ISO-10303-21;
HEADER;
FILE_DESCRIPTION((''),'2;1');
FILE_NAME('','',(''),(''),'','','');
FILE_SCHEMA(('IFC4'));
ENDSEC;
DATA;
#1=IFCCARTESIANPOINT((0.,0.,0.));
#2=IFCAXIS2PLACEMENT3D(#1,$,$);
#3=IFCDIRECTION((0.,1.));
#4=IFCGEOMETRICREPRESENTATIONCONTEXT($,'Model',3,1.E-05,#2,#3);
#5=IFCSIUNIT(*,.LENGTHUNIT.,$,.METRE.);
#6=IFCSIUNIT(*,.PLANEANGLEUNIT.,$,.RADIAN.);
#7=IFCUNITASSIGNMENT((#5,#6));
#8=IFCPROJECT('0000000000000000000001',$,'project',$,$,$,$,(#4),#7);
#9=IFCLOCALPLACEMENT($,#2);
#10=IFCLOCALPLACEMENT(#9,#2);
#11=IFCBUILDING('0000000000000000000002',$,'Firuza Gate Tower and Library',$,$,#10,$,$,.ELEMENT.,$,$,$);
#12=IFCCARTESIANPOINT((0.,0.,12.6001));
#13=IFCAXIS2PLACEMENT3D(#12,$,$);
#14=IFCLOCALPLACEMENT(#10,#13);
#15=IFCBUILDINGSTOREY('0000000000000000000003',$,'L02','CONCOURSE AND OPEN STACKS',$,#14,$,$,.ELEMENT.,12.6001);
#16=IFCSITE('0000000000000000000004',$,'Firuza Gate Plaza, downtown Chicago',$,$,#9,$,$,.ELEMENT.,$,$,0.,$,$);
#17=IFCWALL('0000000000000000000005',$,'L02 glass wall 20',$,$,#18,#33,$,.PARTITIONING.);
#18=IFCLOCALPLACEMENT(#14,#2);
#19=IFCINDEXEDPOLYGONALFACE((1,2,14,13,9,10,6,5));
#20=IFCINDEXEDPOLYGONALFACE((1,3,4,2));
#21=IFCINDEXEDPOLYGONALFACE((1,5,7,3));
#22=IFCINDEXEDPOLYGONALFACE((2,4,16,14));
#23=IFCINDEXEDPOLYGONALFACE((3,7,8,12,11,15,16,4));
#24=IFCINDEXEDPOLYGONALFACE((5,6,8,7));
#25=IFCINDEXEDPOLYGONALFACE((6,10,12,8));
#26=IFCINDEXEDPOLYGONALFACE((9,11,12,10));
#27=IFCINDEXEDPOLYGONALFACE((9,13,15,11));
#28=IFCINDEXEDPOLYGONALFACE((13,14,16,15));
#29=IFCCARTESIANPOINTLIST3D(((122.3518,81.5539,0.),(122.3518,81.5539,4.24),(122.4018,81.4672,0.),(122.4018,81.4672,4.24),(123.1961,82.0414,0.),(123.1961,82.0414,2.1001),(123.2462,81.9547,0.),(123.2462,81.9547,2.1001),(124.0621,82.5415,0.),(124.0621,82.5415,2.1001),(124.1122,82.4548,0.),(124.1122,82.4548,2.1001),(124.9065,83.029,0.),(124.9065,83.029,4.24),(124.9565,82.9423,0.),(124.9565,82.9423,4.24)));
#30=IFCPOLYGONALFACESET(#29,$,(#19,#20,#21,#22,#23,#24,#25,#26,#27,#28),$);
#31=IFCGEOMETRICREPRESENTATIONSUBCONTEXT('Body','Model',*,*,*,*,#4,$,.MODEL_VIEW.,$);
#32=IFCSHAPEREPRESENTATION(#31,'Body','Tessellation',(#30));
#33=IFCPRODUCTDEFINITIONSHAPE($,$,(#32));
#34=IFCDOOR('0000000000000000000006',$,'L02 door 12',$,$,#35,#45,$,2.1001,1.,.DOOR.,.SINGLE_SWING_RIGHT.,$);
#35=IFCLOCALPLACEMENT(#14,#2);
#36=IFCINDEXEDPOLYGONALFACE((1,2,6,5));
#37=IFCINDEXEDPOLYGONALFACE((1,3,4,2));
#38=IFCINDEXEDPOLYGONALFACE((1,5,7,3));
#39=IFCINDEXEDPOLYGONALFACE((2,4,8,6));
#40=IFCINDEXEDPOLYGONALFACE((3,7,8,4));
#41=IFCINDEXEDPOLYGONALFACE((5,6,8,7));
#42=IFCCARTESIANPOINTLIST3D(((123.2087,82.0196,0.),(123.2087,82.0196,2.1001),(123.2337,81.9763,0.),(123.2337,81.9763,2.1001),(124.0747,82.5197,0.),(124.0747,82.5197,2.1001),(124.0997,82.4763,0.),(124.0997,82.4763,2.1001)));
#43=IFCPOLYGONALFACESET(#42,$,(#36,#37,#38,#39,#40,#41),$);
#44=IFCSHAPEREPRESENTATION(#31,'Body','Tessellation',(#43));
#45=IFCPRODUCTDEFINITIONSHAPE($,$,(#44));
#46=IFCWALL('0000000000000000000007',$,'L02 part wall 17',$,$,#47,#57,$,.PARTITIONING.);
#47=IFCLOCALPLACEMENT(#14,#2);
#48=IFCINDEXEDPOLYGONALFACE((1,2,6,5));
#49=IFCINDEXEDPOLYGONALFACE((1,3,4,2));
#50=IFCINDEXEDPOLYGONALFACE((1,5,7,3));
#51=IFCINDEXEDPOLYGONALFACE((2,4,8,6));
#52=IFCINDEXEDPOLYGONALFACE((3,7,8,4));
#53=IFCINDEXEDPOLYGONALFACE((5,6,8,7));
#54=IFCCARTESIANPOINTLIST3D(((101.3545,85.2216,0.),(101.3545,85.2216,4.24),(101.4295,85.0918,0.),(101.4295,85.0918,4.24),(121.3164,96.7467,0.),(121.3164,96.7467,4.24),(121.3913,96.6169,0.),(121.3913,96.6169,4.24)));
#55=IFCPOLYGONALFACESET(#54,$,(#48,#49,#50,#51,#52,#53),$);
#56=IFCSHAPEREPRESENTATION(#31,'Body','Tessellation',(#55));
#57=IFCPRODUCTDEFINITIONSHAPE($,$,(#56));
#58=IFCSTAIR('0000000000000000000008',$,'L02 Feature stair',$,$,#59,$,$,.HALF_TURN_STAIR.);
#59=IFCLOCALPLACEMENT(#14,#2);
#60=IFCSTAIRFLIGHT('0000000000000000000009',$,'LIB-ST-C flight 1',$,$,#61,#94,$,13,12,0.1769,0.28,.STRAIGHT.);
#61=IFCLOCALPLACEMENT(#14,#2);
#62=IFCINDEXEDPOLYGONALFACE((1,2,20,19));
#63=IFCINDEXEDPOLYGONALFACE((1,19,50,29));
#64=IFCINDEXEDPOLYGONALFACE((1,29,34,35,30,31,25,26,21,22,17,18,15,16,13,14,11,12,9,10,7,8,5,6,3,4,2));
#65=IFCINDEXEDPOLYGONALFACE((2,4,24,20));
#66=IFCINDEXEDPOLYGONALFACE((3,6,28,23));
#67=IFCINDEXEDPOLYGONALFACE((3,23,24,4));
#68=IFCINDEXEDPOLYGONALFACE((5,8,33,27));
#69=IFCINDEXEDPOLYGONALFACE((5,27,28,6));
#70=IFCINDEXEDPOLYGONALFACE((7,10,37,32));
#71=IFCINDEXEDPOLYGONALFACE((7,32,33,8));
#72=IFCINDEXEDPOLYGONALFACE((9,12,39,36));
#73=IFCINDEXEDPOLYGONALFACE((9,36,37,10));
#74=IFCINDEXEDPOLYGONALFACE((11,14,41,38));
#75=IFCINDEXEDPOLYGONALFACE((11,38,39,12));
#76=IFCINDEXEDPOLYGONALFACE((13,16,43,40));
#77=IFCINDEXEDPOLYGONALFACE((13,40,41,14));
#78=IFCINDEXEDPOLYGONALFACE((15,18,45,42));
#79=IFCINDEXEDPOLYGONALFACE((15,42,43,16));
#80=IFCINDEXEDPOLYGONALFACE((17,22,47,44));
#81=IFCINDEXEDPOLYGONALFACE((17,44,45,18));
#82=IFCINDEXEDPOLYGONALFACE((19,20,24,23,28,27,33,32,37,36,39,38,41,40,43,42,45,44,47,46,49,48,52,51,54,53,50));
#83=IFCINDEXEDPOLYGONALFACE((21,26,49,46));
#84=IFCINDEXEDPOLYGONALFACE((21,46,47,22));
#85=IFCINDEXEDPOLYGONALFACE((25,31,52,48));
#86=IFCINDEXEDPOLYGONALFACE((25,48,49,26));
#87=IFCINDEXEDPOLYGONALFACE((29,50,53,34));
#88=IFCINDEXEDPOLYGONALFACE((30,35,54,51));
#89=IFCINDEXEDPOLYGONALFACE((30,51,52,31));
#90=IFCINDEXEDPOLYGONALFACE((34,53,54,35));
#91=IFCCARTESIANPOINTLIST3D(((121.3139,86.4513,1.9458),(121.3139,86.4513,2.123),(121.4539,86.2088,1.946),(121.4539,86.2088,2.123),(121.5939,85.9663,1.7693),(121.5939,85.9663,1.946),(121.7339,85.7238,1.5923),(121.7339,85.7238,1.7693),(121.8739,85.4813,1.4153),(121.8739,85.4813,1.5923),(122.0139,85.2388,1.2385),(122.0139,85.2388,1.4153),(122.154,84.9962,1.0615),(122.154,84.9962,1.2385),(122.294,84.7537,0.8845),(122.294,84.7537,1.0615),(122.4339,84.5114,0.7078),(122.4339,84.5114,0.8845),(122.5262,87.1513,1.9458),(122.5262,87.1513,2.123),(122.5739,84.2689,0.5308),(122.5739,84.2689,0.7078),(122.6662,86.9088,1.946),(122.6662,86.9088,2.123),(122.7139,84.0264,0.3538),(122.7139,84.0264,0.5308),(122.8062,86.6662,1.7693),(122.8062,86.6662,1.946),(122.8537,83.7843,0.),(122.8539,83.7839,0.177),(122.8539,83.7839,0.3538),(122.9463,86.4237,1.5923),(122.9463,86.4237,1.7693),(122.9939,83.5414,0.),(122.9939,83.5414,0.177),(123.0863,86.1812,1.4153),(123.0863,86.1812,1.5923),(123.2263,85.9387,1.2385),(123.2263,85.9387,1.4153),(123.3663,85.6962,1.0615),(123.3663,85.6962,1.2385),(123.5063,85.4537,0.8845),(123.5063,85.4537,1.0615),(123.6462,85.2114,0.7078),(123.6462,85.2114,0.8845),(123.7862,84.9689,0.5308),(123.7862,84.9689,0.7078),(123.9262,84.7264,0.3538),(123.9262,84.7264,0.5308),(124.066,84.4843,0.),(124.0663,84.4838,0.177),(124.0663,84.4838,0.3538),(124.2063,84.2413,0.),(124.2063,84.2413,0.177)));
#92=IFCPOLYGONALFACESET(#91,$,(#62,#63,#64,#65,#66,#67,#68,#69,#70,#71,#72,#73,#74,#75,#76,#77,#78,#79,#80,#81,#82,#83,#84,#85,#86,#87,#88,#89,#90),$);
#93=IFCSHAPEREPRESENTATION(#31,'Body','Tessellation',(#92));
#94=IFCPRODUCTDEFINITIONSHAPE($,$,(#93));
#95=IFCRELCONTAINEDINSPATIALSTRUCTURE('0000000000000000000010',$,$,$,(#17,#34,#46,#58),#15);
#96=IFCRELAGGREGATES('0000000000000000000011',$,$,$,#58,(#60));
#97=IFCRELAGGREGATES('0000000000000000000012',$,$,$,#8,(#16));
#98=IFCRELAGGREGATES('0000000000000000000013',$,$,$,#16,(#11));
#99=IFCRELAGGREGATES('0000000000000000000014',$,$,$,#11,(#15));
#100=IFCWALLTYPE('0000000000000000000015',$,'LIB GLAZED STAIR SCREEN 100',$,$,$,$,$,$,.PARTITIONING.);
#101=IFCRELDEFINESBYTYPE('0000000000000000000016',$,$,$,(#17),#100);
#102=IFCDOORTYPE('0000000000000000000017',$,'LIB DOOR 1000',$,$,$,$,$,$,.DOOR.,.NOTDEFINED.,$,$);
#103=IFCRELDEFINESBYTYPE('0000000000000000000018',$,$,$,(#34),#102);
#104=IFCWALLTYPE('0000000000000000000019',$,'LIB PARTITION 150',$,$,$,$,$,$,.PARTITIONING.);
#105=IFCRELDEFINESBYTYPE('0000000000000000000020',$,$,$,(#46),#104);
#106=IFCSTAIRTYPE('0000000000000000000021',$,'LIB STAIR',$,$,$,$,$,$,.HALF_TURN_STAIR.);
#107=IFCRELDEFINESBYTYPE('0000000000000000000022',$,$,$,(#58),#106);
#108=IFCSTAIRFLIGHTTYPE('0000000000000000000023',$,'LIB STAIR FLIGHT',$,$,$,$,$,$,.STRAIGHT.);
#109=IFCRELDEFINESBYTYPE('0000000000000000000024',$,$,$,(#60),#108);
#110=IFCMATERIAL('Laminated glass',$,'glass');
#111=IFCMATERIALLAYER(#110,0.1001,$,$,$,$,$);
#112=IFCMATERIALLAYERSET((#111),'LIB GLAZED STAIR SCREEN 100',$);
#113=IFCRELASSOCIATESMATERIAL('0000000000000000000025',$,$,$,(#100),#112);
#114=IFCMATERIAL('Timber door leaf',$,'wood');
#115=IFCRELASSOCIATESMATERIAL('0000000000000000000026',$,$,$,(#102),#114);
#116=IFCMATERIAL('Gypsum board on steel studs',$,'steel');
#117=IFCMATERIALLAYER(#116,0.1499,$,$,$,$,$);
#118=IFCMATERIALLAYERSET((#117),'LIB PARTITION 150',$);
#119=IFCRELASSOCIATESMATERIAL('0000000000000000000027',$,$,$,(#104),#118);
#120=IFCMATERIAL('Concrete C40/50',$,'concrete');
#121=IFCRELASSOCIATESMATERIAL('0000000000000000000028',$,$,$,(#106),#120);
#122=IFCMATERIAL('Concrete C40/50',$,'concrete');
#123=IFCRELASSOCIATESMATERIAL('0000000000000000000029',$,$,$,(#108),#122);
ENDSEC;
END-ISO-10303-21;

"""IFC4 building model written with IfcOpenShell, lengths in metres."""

from ifc_helpers import new_model, si_unit, direction, frame, frame_2d, origin, place, context, subcontext, project, spatial, polyline, rectangle, outline, extrude, material, layer, layer_set, type_object, element, fill, aggregate, save


model = new_model("IFC4")

# Units and contexts
model_context = context("Model", 3, precision=1e-05, world=origin(), true_north=direction((0.0, 1.0)))
body_context = subcontext(model_context, "Body", "Model", "MODEL_VIEW")
ifc_project = project(units=[si_unit("LENGTHUNIT", "METRE"), si_unit("PLANEANGLEUNIT", "RADIAN")], contexts=[model_context])

# Site, building, storey
site_placement = place(None, origin())
site = spatial("IfcSite", under=ifc_project, at=site_placement, Name="Firuza Gate Plaza, downtown Chicago", CompositionType="ELEMENT", RefElevation=0.0)
building_placement = place(site_placement, origin())
building = spatial("IfcBuilding", under=site, at=building_placement, Name="Firuza Gate Tower and Library", CompositionType="ELEMENT")
storey_placement = place(building_placement, frame((0.0, 0.0, 12.6001)))
storey = spatial("IfcBuildingStorey", under=building, at=storey_placement, Name="L02", Description="CONCOURSE AND OPEN STACKS", CompositionType="ELEMENT", Elevation=12.6001)

# Shared definitions
placement = place(storey_placement, origin())

# Shared definitions
ifc_material_1 = material(Name="Laminated glass", Category="glass")
ifc_layer_1 = layer(ifc_material_1, 0.1001)
ifc_layer_set_1 = layer_set([ifc_layer_1], Name="LIB GLAZED STAIR SCREEN 100")
wall_type_1 = type_object("IfcWallType", Name="LIB GLAZED STAIR SCREEN 100", PredefinedType="PARTITIONING", material=ifc_layer_set_1)

# Wall, opening, door
wall_1_placement = place(storey_placement, frame((122.3767, 81.5105, 0.0), z_axis=(0.0, 0.0, 1.0), x_axis=(0.866004, 0.500038, 0.0)))
wall_1 = element("IfcWall", 1, at=wall_1_placement, inside=storey, type_object=wall_type_1, Name="L02 glass wall 20", PredefinedType="PARTITIONING", context=body_context, shape_type="SweptSolid", body=[
    extrude(rectangle(XDim=2.95, YDim=0.1001, at=frame_2d((1.4751, 0.0))), origin(), (0.0, 0.0, 1.0), 4.24),
])
opening_1_placement = place(wall_1_placement, frame((0.9751, 0.0, 0.0)))
opening_1 = element("IfcOpeningElement", 2, at=opening_1_placement, cuts=wall_1, PredefinedType="OPENING", context=body_context, shape_type="SweptSolid", body=[
    extrude(rectangle(XDim=1.0, YDim=2.1001, at=frame_2d((0.5, 1.05))), frame((0.0, 0.0601, 0.0), z_axis=(0.0, -1.0, 0.0), x_axis=(1.0, 0.0, 0.0)), (0.0, 0.0, 1.0), 0.1201),
])
ifc_material_2 = material(Name="Timber door leaf", Category="wood")
door_type_1 = type_object("IfcDoorType", Name="LIB DOOR 1000", OperationType="NOTDEFINED", PredefinedType="DOOR", material=ifc_material_2)
door_1_placement = place(opening_1_placement, origin())
door_1 = element("IfcDoor", 3, at=door_1_placement, inside=storey, type_object=door_type_1, Name="L02 door 12", OperationType="SINGLE_SWING_RIGHT", OverallHeight=2.1001, OverallWidth=1.0, PredefinedType="DOOR", context=body_context, shape_type="SweptSolid", body=[
    extrude(rectangle(XDim=1.0, YDim=2.1001, at=frame_2d((0.5, 1.05))), frame((0.0, 0.0249, 0.0), z_axis=(0.0, -1.0, 0.0), x_axis=(1.0, 0.0, 0.0)), (0.0, 0.0, 1.0), 0.05),
])
fill(opening_1, door_1)

# Wall
ifc_material_3 = material(Name="Gypsum board on steel studs", Category="steel")
ifc_layer_2 = layer(ifc_material_3, 0.1499)
ifc_layer_set_2 = layer_set([ifc_layer_2], Name="LIB PARTITION 150")
wall_type_2 = type_object("IfcWallType", Name="LIB PARTITION 150", PredefinedType="PARTITIONING", material=ifc_layer_set_2)
wall_2_placement = place(storey_placement, frame((101.3921, 85.1567, 0.0), z_axis=(0.0, 0.0, 1.0), x_axis=(0.866023, 0.500004, 0.0)))
element("IfcWall", 4, at=wall_2_placement, inside=storey, type_object=wall_type_2, Name="L02 part wall 17", PredefinedType="PARTITIONING", context=body_context, shape_type="SweptSolid", body=[
    extrude(rectangle(XDim=23.05, YDim=0.1499, at=frame_2d((11.5249, 0.0))), origin(), (0.0, 0.0, 1.0), 4.24),
])

# Stair, stair flight
ifc_material_4 = material(Name="Concrete C40/50", Category="concrete")
stair_type = type_object("IfcStairType", Name="LIB STAIR", PredefinedType="HALF_TURN_STAIR", material=ifc_material_4)
stair = element("IfcStair", 5, at=placement, inside=storey, type_object=stair_type, Name="L02 Feature stair", PredefinedType="HALF_TURN_STAIR")
ifc_material_5 = material(Name="Concrete C40/50", Category="concrete")
stair_flight_type = type_object("IfcStairFlightType", Name="LIB STAIR FLIGHT", PredefinedType="STRAIGHT", material=ifc_material_5)
stair_flight_placement = place(storey_placement, frame((123.6001, 83.8914, 0.0), z_axis=(0.0, 0.0, 1.0), x_axis=(-0.5, 0.866025, 0.0)))
stair_flight = element("IfcStairFlight", 6, at=stair_flight_placement, type_object=stair_flight_type, Name="LIB-ST-C flight 1", NumberOfRisers=13, NumberOfTreads=12, PredefinedType="STRAIGHT", RiserHeight=0.1769, TreadLength=0.28, context=body_context, shape_type="SweptSolid", body=[
    extrude(outline(polyline([(0.0, 0.0), (0.0, 0.177), (0.28, 0.177), (0.28, 0.3538), (0.5601, 0.3538), (0.5601, 0.5308), (0.8401, 0.5308), (0.8401, 0.7078), (1.1201, 0.7078), (1.1201, 0.8845), (1.3999, 0.8845), (1.3999, 1.0615), (1.6799, 1.0615), (1.6799, 1.2385), (1.96, 1.2385), (1.96, 1.4153), (2.24, 1.4153), (2.24, 1.5923), (2.52, 1.5923), (2.52, 1.7693), (2.8, 1.7693), (2.8, 1.946), (3.0801, 1.946), (3.0801, 2.123), (3.3601, 2.123), (3.3601, 2.3), (3.3601, 1.9458), (0.2805, 0.0), (0.0, 0.0)])), frame((0.0, 0.7, 0.0), z_axis=(0.0, -1.0, 0.0), x_axis=(1.0, 0.0, 0.0)), (0.0, 0.0, 1.0), 1.3999),
])
aggregate(stair, [stair_flight])

save(model, "model.ifc")
